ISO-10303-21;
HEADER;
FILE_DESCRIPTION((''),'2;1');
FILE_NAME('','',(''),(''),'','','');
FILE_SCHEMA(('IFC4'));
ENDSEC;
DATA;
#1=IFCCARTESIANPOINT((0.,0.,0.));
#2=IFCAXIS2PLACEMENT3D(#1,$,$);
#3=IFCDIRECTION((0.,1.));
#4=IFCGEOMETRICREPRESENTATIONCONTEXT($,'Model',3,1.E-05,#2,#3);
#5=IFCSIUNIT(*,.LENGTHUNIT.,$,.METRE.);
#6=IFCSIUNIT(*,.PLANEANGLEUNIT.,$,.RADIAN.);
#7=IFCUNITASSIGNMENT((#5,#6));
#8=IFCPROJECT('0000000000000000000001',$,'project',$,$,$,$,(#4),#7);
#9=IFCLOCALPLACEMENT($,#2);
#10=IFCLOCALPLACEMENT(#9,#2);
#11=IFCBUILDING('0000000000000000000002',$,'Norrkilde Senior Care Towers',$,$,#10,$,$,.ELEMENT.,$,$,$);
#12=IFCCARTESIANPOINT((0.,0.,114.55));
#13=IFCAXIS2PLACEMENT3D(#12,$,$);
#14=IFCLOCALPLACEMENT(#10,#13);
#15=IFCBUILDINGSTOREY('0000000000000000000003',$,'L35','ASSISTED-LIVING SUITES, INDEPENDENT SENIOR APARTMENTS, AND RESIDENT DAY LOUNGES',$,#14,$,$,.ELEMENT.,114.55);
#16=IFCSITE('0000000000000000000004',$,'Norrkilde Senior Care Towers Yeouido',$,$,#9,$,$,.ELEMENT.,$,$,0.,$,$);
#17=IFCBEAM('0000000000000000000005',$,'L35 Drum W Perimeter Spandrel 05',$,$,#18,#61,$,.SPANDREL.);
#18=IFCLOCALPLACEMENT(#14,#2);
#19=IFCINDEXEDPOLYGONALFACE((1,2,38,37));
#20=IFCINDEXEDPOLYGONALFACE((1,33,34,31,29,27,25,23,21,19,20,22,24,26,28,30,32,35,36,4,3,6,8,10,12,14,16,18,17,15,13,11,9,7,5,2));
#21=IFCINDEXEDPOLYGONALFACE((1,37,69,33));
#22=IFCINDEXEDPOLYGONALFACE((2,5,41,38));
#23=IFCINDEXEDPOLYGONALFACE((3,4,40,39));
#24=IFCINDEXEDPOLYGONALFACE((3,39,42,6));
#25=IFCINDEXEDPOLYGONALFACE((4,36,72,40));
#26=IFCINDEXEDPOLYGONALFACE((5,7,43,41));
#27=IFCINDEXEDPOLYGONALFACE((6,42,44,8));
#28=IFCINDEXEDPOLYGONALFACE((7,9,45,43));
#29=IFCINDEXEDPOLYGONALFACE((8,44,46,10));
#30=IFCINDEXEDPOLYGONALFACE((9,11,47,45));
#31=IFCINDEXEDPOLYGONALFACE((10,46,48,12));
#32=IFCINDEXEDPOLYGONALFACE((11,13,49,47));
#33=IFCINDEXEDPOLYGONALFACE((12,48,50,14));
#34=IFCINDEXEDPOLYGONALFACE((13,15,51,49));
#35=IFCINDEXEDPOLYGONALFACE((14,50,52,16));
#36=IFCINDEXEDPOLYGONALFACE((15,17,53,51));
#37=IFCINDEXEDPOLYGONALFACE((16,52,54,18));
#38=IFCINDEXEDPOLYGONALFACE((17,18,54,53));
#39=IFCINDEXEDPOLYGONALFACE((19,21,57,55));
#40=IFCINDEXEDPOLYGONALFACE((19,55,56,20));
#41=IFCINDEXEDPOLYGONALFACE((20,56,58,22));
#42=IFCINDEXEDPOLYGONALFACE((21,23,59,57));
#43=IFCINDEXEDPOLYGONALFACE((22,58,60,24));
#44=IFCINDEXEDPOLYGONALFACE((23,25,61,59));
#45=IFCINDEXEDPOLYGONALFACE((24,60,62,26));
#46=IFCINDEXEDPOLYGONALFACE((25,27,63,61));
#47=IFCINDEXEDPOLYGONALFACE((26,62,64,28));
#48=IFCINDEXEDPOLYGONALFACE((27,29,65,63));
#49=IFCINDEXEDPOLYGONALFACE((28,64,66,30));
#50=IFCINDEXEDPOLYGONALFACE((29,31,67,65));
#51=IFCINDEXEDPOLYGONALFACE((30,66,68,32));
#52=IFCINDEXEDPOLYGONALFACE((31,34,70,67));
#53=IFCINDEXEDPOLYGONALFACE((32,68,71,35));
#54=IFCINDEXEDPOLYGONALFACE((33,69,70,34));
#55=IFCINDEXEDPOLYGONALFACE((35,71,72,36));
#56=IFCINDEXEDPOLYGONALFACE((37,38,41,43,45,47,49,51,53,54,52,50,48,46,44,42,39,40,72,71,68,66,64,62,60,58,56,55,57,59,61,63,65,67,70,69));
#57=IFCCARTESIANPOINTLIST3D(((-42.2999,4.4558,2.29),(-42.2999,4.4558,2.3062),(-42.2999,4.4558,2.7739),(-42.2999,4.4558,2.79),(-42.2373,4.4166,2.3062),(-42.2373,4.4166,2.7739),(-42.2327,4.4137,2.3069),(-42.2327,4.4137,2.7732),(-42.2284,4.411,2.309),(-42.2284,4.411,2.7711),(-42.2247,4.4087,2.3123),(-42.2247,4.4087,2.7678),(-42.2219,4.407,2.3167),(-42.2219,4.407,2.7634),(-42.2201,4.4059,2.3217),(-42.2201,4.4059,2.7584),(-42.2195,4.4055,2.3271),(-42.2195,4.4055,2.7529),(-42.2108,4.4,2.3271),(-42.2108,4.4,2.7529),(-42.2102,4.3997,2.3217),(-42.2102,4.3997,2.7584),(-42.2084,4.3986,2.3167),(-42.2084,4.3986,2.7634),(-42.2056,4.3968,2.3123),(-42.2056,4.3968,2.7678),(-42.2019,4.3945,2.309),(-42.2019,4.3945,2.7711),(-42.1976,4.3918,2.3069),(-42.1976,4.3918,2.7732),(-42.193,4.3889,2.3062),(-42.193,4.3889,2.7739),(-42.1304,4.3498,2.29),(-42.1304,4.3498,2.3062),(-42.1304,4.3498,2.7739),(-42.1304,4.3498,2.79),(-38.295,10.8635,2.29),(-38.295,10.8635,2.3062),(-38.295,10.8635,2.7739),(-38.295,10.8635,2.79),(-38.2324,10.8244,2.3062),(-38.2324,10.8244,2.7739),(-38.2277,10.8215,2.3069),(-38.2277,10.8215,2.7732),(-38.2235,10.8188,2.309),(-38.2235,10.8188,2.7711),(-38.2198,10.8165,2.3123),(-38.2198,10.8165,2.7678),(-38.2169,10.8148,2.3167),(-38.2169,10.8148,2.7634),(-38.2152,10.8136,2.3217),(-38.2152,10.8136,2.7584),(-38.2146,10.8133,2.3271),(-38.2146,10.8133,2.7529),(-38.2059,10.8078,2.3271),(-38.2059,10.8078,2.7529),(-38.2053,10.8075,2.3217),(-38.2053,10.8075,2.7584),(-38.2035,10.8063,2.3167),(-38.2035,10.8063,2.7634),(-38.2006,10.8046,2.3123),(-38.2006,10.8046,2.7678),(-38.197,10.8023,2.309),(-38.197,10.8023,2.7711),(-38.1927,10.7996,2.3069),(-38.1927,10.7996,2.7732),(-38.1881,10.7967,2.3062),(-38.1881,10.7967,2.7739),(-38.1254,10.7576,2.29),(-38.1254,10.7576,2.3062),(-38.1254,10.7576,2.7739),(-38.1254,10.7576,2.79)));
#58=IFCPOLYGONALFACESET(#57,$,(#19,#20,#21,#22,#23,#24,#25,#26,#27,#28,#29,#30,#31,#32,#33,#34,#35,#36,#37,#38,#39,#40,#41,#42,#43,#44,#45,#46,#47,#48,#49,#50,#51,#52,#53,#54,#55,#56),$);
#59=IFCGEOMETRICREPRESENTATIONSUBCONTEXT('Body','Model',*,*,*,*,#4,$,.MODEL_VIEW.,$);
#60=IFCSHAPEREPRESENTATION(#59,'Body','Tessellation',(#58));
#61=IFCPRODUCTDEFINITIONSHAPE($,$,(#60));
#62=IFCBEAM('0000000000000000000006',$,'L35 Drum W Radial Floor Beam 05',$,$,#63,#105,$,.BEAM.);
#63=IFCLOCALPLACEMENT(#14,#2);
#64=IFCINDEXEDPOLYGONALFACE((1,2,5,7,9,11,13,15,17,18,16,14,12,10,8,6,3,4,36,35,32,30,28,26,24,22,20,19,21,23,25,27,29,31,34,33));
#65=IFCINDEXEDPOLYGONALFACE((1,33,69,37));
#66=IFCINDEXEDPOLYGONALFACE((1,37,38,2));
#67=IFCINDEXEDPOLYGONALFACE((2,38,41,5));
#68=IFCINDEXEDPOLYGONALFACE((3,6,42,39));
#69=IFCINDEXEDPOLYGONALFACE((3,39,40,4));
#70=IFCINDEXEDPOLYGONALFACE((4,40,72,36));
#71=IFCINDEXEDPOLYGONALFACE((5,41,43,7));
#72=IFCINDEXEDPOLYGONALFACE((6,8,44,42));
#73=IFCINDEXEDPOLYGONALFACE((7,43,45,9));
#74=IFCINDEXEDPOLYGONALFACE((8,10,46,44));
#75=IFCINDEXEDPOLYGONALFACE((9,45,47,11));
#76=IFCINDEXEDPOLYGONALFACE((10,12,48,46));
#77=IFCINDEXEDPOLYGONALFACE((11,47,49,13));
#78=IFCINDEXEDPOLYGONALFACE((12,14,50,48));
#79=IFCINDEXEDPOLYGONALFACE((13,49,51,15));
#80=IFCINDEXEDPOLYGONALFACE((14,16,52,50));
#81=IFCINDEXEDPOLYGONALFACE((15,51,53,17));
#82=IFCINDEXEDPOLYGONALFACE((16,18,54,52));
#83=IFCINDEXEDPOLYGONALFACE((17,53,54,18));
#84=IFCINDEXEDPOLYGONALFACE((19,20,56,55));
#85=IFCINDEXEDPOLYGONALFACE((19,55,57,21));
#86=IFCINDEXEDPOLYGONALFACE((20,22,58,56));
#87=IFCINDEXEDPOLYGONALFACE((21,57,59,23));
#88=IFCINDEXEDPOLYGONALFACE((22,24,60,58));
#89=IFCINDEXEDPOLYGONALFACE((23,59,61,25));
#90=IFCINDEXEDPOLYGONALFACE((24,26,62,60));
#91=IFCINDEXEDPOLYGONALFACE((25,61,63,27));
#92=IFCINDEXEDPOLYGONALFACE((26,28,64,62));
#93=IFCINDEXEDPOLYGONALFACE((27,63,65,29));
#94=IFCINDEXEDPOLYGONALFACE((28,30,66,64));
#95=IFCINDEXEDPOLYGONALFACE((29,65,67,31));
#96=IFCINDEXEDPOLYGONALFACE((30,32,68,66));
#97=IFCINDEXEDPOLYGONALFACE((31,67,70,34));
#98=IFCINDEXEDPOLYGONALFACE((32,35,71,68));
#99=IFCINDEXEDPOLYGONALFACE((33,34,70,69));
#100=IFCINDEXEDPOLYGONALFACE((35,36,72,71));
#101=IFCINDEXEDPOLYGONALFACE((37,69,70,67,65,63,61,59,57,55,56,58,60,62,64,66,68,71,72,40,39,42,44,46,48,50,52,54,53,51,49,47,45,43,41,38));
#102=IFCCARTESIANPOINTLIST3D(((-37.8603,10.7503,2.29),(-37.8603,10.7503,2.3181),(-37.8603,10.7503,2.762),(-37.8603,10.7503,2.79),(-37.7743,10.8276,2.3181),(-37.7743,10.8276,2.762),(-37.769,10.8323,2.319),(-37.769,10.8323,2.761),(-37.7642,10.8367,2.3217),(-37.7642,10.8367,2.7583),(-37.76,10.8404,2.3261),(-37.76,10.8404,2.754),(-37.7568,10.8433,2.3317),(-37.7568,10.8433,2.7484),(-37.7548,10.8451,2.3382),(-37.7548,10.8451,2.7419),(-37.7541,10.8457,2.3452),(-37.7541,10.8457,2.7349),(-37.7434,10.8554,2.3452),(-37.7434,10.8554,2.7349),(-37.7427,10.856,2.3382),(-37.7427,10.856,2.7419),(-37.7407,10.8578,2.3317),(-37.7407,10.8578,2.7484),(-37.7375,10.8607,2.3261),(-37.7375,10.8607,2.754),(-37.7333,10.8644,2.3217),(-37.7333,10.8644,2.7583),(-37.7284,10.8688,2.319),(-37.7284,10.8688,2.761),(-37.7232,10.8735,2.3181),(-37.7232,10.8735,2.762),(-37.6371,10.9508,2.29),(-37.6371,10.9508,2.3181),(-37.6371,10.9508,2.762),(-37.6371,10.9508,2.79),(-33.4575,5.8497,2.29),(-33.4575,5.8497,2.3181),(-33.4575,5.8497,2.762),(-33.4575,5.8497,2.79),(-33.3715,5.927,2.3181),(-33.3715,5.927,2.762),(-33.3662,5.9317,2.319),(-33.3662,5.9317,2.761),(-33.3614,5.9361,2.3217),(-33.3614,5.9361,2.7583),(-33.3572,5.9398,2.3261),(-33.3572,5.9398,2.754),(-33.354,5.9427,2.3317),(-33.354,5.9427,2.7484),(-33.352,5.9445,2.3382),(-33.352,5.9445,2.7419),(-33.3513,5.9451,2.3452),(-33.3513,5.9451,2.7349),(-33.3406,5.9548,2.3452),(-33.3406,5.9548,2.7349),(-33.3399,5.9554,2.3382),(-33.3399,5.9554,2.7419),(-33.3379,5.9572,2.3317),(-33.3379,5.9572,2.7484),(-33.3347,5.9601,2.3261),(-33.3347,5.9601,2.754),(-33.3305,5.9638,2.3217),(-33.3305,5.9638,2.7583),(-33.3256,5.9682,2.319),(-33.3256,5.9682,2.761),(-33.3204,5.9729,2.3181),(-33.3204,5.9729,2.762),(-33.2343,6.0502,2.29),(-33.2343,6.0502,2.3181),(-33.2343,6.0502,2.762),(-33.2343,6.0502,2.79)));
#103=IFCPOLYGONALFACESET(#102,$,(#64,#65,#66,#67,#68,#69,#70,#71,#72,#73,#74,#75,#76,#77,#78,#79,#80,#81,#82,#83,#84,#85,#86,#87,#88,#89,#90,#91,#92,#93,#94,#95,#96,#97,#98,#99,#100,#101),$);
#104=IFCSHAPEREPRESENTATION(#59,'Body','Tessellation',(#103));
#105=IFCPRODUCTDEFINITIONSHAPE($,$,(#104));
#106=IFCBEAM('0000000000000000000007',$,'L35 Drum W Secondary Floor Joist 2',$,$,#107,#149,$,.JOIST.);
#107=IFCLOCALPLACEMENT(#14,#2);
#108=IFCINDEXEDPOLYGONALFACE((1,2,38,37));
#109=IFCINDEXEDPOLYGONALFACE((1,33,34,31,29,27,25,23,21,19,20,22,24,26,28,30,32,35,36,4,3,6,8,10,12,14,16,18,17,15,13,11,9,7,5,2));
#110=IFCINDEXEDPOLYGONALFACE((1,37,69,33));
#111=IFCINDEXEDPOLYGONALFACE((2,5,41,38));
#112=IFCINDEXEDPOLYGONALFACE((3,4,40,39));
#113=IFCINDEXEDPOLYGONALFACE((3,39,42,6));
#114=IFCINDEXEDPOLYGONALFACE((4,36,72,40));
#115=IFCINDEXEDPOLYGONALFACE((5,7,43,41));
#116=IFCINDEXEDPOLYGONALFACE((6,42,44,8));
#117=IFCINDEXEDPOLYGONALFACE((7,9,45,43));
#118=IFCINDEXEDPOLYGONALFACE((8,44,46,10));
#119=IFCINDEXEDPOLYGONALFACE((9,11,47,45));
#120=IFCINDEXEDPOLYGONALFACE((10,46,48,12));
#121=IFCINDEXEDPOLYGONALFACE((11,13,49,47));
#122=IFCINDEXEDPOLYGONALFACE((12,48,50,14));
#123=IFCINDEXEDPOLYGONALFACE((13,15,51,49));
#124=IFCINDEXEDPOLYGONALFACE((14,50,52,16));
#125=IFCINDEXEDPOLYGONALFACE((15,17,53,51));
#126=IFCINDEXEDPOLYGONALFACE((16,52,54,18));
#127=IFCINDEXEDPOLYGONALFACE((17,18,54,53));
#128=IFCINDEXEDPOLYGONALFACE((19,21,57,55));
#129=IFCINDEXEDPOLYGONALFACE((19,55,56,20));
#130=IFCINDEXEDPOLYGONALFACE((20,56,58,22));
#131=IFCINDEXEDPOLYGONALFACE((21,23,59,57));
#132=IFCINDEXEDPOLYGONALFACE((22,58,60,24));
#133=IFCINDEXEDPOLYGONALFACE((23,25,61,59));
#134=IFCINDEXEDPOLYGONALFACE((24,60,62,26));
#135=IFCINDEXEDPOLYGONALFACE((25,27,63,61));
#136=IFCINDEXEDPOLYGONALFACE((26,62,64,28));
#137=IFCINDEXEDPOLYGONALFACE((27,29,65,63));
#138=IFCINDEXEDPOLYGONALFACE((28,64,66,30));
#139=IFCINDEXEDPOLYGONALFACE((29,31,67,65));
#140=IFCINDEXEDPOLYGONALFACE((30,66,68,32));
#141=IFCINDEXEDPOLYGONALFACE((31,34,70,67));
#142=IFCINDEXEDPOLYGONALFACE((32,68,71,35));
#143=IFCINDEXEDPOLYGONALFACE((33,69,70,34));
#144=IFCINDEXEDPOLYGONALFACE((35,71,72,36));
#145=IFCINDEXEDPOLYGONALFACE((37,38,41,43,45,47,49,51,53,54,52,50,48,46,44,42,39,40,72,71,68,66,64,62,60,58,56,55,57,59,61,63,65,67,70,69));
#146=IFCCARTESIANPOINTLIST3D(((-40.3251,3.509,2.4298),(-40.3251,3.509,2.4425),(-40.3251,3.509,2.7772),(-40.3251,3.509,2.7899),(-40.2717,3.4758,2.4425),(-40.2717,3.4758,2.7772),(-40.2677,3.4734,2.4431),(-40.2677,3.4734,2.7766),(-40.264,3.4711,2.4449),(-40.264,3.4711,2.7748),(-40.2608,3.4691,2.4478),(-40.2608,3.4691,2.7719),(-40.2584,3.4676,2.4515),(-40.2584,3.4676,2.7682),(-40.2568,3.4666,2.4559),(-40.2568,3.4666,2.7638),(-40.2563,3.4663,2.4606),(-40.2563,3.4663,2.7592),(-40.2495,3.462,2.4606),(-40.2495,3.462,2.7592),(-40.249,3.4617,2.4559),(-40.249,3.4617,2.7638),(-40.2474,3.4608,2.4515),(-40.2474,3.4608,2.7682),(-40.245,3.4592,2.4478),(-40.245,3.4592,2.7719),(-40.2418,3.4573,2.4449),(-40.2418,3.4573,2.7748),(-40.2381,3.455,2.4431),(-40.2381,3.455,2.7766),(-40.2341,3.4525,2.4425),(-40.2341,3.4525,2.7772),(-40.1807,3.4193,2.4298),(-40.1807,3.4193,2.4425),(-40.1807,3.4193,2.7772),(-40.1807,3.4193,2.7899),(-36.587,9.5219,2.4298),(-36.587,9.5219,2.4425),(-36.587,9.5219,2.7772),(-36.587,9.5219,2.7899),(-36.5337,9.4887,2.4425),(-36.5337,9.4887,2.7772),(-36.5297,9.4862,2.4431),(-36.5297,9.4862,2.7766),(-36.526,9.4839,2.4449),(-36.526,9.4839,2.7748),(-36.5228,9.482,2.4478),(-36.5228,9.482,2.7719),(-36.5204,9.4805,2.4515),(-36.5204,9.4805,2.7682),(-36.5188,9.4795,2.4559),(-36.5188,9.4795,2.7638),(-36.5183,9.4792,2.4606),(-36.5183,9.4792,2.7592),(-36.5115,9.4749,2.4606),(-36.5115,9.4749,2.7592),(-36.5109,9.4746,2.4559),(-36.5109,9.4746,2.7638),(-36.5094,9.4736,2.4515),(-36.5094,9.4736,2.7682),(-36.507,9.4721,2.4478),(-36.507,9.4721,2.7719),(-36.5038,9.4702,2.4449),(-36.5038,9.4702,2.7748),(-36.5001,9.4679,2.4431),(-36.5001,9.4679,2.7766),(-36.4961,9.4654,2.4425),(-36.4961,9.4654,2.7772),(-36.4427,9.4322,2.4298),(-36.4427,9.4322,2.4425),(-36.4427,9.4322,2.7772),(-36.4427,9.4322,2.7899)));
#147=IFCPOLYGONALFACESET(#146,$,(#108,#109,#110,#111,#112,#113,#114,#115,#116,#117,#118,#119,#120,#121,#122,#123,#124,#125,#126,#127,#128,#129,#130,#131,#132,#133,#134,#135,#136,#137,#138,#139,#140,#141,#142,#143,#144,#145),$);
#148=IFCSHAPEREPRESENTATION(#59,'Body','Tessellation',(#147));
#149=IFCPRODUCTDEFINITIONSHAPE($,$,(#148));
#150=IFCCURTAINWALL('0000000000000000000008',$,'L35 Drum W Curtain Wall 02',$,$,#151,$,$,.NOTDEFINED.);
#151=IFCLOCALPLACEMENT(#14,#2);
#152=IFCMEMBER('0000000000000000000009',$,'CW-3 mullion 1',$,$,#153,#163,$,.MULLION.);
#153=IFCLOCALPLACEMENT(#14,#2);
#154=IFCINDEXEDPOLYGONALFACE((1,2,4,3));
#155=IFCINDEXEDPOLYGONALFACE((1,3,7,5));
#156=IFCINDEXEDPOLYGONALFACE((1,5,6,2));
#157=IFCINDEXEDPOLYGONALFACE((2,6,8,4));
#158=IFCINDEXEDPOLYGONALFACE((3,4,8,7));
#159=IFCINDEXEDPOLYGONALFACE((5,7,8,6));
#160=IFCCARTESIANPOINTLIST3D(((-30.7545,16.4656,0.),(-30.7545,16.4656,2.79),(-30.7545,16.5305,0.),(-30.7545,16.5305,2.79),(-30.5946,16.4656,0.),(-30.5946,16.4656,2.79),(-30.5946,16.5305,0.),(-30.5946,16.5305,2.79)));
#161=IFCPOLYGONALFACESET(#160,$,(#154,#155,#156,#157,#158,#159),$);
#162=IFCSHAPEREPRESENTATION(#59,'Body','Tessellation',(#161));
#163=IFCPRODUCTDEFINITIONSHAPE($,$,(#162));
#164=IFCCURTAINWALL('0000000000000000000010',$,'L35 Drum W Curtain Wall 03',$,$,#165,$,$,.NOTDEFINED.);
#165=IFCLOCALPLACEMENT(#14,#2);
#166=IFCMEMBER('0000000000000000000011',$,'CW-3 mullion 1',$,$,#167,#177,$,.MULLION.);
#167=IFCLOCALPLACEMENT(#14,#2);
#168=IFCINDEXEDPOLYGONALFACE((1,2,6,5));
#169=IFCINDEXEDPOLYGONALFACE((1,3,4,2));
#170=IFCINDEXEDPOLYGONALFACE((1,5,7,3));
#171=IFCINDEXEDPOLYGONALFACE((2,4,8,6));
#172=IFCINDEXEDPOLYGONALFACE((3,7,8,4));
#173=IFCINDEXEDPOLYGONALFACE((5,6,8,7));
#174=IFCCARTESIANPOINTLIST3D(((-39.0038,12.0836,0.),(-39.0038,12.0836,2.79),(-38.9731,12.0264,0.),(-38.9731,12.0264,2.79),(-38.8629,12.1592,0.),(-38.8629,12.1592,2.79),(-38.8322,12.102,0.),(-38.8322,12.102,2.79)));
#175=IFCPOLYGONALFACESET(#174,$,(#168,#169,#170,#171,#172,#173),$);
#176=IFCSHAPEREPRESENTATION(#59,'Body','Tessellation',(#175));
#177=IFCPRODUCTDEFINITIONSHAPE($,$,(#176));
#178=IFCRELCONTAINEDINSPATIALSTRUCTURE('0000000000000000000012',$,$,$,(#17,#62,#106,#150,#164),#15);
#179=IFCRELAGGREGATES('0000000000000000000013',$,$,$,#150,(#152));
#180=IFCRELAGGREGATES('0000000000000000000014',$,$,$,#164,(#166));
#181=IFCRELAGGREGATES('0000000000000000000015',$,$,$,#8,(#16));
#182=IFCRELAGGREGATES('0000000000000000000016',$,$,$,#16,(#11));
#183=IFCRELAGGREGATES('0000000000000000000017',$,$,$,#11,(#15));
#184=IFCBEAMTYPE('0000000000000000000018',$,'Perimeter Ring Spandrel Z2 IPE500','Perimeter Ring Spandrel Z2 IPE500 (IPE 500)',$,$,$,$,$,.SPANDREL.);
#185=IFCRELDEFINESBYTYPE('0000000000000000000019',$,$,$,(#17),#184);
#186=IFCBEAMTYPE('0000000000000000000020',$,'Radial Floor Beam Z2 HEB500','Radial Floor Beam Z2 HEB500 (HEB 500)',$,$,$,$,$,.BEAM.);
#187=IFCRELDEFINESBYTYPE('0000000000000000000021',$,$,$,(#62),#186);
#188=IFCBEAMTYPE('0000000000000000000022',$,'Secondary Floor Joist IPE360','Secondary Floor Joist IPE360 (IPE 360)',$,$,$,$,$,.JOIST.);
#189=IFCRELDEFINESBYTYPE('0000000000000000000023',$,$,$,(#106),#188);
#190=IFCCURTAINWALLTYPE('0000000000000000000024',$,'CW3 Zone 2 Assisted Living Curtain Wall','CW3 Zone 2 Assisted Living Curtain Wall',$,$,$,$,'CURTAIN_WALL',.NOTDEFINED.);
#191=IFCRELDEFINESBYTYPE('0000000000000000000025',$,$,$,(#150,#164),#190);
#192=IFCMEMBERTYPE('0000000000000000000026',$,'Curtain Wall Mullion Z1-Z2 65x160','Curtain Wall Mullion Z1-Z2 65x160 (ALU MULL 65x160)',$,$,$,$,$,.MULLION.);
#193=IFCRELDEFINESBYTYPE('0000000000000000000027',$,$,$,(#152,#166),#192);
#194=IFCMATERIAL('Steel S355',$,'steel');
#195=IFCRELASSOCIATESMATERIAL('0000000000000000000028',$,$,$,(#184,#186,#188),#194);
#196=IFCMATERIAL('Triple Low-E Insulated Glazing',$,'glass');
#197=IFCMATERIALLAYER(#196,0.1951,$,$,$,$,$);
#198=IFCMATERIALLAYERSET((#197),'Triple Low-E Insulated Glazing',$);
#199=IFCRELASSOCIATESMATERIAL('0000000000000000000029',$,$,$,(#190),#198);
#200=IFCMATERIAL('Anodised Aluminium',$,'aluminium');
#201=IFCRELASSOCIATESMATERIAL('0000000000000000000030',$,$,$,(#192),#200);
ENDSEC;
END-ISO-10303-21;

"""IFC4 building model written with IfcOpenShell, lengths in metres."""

from ifc_helpers import new_model, si_unit, direction, frame, origin, origin_2d, place, context, subcontext, project, spatial, rectangle, i_section, extrude, source, transform, mapped, material, layer, layer_set, material_profile, profile_set, type_object, type_shapes, element, aggregate, save


model = new_model("IFC4")

# Units and contexts
model_context = context("Model", 3, precision=1e-05, world=origin(), true_north=direction((0.0, 1.0)))
body_context = subcontext(model_context, "Body", "Model", "MODEL_VIEW")
ifc_project = project(units=[si_unit("LENGTHUNIT", "METRE"), si_unit("PLANEANGLEUNIT", "RADIAN")], contexts=[model_context])

# Site, building, storey
site_placement = place(None, origin())
site = spatial("IfcSite", under=ifc_project, at=site_placement, Name="Norrkilde Senior Care Towers Yeouido", CompositionType="ELEMENT", RefElevation=0.0)
building_placement = place(site_placement, origin())
building = spatial("IfcBuilding", under=site, at=building_placement, Name="Norrkilde Senior Care Towers", CompositionType="ELEMENT")
storey_placement = place(building_placement, frame((0.0, 0.0, 114.55)))
storey = spatial("IfcBuildingStorey", under=building, at=storey_placement, Name="L35", Description="ASSISTED-LIVING SUITES, INDEPENDENT SENIOR APARTMENTS, AND RESIDENT DAY LOUNGES", CompositionType="ELEMENT", Elevation=114.55)

# Beams
ifc_material_1 = material(Name="Steel S355", Category="steel")
ifc_material_profile_1 = material_profile(ifc_material_1, i_section(OverallWidth=0.2, OverallDepth=0.5, WebThickness=0.0103, FlangeThickness=0.0161, FilletRadius=0.021, at=origin_2d()), Name="IPE 500")
ifc_profile_set_1 = profile_set([ifc_material_profile_1], Name="Steel S355")
beam_type_1 = type_object("IfcBeamType", Name="Perimeter Ring Spandrel Z2 IPE500", Description="Perimeter Ring Spandrel Z2 IPE500 (IPE 500)", PredefinedType="SPANDREL", material=ifc_profile_set_1)
ifc_material_profile_2 = material_profile(ifc_material_1, i_section(OverallWidth=0.3, OverallDepth=0.5, WebThickness=0.0144, FlangeThickness=0.0281, FilletRadius=0.0271, at=origin_2d()), Name="HEB 500")
ifc_profile_set_2 = profile_set([ifc_material_profile_2], Name="Steel S355")
beam_type_2 = type_object("IfcBeamType", Name="Radial Floor Beam Z2 HEB500", Description="Radial Floor Beam Z2 HEB500 (HEB 500)", PredefinedType="BEAM", material=ifc_profile_set_2)
shared_shape_1 = source(origin(), body_context, "Body", "SweptSolid", [
    extrude(i_section(OverallWidth=0.2, OverallDepth=0.5, WebThickness=0.0103, FlangeThickness=0.0161, FilletRadius=0.021, at=origin_2d()), origin(), (0.0, 0.0, 1.0), 7.5564),
])
beam_1_placement = place(storey_placement, frame((-38.2102, 10.8105, 2.54), z_axis=(-0.530005, -0.847995, 0.0), x_axis=(0.847995, -0.530005, 0.0)))
element("IfcBeam", 1, at=beam_1_placement, inside=storey, type_object=beam_type_1, Name="L35 Drum W Perimeter Spandrel 05", PredefinedType="SPANDREL", context=body_context, shape_type="MappedRepresentation", body=[
    mapped(shared_shape_1, transform((0.0, 0.0, 0.0), x_axis=(1.0, 0.0, 0.0), y_axis=(0.0, 1.0, 0.0), z_axis=(0.0, 0.0, 1.0), scale=1.0)),
])
shared_shape_2 = source(origin(), body_context, "Body", "SweptSolid", [
    extrude(i_section(OverallWidth=0.3, OverallDepth=0.5, WebThickness=0.0144, FlangeThickness=0.0281, FilletRadius=0.0271, at=origin_2d()), origin(), (0.0, 0.0, 1.0), 6.5879),
])
beam_2_placement = place(storey_placement, frame((-33.3459, 5.95, 2.54), z_axis=(-0.668315, 0.743878, 0.0), x_axis=(-0.743878, -0.668315, 0.0)))
element("IfcBeam", 2, at=beam_2_placement, inside=storey, type_object=beam_type_2, Name="L35 Drum W Radial Floor Beam 05", PredefinedType="BEAM", context=body_context, shape_type="MappedRepresentation", body=[
    mapped(shared_shape_2, transform((0.0, 0.0, 0.0), x_axis=(1.0, 0.0, 0.0), y_axis=(0.0, 1.0, 0.0), z_axis=(0.0, 0.0, 1.0), scale=1.0)),
])
ifc_material_profile_3 = material_profile(ifc_material_1, i_section(OverallWidth=0.1699, OverallDepth=0.3601, WebThickness=0.0081, FlangeThickness=0.0127, FilletRadius=0.0181, at=origin_2d()), Name="IPE 360")
ifc_profile_set_3 = profile_set([ifc_material_profile_3], Name="Steel S355")
beam_type_3 = type_object("IfcBeamType", Name="Secondary Floor Joist IPE360", Description="Secondary Floor Joist IPE360 (IPE 360)", PredefinedType="JOIST", material=ifc_profile_set_3)
shared_shape_3 = source(origin(), body_context, "Body", "SweptSolid", [
    extrude(i_section(OverallWidth=0.1699, OverallDepth=0.3601, WebThickness=0.0081, FlangeThickness=0.0127, FilletRadius=0.0181, at=origin_2d()), origin(), (0.0, 0.0, 1.0), 7.0801),
])
type_shapes(beam_type_3, [shared_shape_3])
beam_3_placement = place(storey_placement, frame((-36.5149, 9.4771, 2.6099), z_axis=(-0.527961, -0.849269, 0.0), x_axis=(0.849269, -0.527961, 0.0)))
element("IfcBeam", 3, at=beam_3_placement, inside=storey, type_object=beam_type_3, Name="L35 Drum W Secondary Floor Joist 2", PredefinedType="JOIST", context=body_context, shape_type="MappedRepresentation", body=[
    mapped(shared_shape_3, transform((0.0, 0.0, 0.0), x_axis=(1.0, 0.0, 0.0), y_axis=(0.0, 1.0, 0.0), z_axis=(0.0, 0.0, 1.0), scale=1.0)),
])

# Curtain wall, member
ifc_material_2 = material(Name="Triple Low-E Insulated Glazing", Category="glass")
ifc_layer_1 = layer(ifc_material_2, 0.1951)
ifc_layer_set_1 = layer_set([ifc_layer_1], Name="Triple Low-E Insulated Glazing")
curtain_wall_type = type_object("IfcCurtainWallType", Name="CW3 Zone 2 Assisted Living Curtain Wall", Description="CW3 Zone 2 Assisted Living Curtain Wall", ElementType="CURTAIN_WALL", PredefinedType="NOTDEFINED", material=ifc_layer_set_1)
curtain_wall_1_placement = place(storey_placement, origin())
curtain_wall_1 = element("IfcCurtainWall", 4, at=curtain_wall_1_placement, inside=storey, type_object=curtain_wall_type, Name="L35 Drum W Curtain Wall 02", PredefinedType="NOTDEFINED")
ifc_material_3 = material(Name="Anodised Aluminium", Category="aluminium")
ifc_material_profile_4 = material_profile(ifc_material_3, rectangle(XDim=0.0649, YDim=0.1599, at=origin_2d()), Name="ALU MULL 65x160")
ifc_profile_set_4 = profile_set([ifc_material_profile_4], Name="Anodised Aluminium")
member_type_1 = type_object("IfcMemberType", Name="Curtain Wall Mullion Z1-Z2 65x160", Description="Curtain Wall Mullion Z1-Z2 65x160 (ALU MULL 65x160)", PredefinedType="MULLION", material=ifc_profile_set_4)
shared_shape_4 = source(origin(), body_context, "Body", "SweptSolid", [
    extrude(rectangle(XDim=0.0649, YDim=0.1599, at=origin_2d()), origin(), (0.0, 0.0, 1.0), 2.79),
])
type_shapes(member_type_1, [shared_shape_4])
member_1_placement = place(storey_placement, frame((-30.6746, 16.498, 0.0), z_axis=(0.0, 0.0, 1.0), x_axis=(0.0, 1.0, 0.0)))
member_1 = element("IfcMember", 5, at=member_1_placement, type_object=member_type_1, Name="CW-3 mullion 1", PredefinedType="MULLION", context=body_context, shape_type="MappedRepresentation", body=[
    mapped(shared_shape_4, transform((0.0, 0.0, 0.0), x_axis=(1.0, 0.0, 0.0), y_axis=(0.0, 1.0, 0.0), z_axis=(0.0, 0.0, 1.0), scale=1.0)),
])

# Curtain wall, member
curtain_wall_2_placement = place(storey_placement, origin())
curtain_wall_2 = element("IfcCurtainWall", 6, at=curtain_wall_2_placement, inside=storey, type_object=curtain_wall_type, Name="L35 Drum W Curtain Wall 03", PredefinedType="NOTDEFINED")
member_2_placement = place(storey_placement, frame((-38.918, 12.0928, 0.0), z_axis=(0.0, 0.0, 1.0), x_axis=(-0.472769, 0.881186, 0.0)))
member_2 = element("IfcMember", 7, at=member_2_placement, type_object=member_type_1, Name="CW-3 mullion 1", PredefinedType="MULLION", context=body_context, shape_type="MappedRepresentation", body=[
    mapped(shared_shape_4, transform((0.0, 0.0, 0.0), x_axis=(1.0, 0.0, 0.0), y_axis=(0.0, 1.0, 0.0), z_axis=(0.0, 0.0, 1.0), scale=1.0)),
])

aggregate(curtain_wall_1, [member_1])

aggregate(curtain_wall_2, [member_2])

save(model, "model.ifc")
